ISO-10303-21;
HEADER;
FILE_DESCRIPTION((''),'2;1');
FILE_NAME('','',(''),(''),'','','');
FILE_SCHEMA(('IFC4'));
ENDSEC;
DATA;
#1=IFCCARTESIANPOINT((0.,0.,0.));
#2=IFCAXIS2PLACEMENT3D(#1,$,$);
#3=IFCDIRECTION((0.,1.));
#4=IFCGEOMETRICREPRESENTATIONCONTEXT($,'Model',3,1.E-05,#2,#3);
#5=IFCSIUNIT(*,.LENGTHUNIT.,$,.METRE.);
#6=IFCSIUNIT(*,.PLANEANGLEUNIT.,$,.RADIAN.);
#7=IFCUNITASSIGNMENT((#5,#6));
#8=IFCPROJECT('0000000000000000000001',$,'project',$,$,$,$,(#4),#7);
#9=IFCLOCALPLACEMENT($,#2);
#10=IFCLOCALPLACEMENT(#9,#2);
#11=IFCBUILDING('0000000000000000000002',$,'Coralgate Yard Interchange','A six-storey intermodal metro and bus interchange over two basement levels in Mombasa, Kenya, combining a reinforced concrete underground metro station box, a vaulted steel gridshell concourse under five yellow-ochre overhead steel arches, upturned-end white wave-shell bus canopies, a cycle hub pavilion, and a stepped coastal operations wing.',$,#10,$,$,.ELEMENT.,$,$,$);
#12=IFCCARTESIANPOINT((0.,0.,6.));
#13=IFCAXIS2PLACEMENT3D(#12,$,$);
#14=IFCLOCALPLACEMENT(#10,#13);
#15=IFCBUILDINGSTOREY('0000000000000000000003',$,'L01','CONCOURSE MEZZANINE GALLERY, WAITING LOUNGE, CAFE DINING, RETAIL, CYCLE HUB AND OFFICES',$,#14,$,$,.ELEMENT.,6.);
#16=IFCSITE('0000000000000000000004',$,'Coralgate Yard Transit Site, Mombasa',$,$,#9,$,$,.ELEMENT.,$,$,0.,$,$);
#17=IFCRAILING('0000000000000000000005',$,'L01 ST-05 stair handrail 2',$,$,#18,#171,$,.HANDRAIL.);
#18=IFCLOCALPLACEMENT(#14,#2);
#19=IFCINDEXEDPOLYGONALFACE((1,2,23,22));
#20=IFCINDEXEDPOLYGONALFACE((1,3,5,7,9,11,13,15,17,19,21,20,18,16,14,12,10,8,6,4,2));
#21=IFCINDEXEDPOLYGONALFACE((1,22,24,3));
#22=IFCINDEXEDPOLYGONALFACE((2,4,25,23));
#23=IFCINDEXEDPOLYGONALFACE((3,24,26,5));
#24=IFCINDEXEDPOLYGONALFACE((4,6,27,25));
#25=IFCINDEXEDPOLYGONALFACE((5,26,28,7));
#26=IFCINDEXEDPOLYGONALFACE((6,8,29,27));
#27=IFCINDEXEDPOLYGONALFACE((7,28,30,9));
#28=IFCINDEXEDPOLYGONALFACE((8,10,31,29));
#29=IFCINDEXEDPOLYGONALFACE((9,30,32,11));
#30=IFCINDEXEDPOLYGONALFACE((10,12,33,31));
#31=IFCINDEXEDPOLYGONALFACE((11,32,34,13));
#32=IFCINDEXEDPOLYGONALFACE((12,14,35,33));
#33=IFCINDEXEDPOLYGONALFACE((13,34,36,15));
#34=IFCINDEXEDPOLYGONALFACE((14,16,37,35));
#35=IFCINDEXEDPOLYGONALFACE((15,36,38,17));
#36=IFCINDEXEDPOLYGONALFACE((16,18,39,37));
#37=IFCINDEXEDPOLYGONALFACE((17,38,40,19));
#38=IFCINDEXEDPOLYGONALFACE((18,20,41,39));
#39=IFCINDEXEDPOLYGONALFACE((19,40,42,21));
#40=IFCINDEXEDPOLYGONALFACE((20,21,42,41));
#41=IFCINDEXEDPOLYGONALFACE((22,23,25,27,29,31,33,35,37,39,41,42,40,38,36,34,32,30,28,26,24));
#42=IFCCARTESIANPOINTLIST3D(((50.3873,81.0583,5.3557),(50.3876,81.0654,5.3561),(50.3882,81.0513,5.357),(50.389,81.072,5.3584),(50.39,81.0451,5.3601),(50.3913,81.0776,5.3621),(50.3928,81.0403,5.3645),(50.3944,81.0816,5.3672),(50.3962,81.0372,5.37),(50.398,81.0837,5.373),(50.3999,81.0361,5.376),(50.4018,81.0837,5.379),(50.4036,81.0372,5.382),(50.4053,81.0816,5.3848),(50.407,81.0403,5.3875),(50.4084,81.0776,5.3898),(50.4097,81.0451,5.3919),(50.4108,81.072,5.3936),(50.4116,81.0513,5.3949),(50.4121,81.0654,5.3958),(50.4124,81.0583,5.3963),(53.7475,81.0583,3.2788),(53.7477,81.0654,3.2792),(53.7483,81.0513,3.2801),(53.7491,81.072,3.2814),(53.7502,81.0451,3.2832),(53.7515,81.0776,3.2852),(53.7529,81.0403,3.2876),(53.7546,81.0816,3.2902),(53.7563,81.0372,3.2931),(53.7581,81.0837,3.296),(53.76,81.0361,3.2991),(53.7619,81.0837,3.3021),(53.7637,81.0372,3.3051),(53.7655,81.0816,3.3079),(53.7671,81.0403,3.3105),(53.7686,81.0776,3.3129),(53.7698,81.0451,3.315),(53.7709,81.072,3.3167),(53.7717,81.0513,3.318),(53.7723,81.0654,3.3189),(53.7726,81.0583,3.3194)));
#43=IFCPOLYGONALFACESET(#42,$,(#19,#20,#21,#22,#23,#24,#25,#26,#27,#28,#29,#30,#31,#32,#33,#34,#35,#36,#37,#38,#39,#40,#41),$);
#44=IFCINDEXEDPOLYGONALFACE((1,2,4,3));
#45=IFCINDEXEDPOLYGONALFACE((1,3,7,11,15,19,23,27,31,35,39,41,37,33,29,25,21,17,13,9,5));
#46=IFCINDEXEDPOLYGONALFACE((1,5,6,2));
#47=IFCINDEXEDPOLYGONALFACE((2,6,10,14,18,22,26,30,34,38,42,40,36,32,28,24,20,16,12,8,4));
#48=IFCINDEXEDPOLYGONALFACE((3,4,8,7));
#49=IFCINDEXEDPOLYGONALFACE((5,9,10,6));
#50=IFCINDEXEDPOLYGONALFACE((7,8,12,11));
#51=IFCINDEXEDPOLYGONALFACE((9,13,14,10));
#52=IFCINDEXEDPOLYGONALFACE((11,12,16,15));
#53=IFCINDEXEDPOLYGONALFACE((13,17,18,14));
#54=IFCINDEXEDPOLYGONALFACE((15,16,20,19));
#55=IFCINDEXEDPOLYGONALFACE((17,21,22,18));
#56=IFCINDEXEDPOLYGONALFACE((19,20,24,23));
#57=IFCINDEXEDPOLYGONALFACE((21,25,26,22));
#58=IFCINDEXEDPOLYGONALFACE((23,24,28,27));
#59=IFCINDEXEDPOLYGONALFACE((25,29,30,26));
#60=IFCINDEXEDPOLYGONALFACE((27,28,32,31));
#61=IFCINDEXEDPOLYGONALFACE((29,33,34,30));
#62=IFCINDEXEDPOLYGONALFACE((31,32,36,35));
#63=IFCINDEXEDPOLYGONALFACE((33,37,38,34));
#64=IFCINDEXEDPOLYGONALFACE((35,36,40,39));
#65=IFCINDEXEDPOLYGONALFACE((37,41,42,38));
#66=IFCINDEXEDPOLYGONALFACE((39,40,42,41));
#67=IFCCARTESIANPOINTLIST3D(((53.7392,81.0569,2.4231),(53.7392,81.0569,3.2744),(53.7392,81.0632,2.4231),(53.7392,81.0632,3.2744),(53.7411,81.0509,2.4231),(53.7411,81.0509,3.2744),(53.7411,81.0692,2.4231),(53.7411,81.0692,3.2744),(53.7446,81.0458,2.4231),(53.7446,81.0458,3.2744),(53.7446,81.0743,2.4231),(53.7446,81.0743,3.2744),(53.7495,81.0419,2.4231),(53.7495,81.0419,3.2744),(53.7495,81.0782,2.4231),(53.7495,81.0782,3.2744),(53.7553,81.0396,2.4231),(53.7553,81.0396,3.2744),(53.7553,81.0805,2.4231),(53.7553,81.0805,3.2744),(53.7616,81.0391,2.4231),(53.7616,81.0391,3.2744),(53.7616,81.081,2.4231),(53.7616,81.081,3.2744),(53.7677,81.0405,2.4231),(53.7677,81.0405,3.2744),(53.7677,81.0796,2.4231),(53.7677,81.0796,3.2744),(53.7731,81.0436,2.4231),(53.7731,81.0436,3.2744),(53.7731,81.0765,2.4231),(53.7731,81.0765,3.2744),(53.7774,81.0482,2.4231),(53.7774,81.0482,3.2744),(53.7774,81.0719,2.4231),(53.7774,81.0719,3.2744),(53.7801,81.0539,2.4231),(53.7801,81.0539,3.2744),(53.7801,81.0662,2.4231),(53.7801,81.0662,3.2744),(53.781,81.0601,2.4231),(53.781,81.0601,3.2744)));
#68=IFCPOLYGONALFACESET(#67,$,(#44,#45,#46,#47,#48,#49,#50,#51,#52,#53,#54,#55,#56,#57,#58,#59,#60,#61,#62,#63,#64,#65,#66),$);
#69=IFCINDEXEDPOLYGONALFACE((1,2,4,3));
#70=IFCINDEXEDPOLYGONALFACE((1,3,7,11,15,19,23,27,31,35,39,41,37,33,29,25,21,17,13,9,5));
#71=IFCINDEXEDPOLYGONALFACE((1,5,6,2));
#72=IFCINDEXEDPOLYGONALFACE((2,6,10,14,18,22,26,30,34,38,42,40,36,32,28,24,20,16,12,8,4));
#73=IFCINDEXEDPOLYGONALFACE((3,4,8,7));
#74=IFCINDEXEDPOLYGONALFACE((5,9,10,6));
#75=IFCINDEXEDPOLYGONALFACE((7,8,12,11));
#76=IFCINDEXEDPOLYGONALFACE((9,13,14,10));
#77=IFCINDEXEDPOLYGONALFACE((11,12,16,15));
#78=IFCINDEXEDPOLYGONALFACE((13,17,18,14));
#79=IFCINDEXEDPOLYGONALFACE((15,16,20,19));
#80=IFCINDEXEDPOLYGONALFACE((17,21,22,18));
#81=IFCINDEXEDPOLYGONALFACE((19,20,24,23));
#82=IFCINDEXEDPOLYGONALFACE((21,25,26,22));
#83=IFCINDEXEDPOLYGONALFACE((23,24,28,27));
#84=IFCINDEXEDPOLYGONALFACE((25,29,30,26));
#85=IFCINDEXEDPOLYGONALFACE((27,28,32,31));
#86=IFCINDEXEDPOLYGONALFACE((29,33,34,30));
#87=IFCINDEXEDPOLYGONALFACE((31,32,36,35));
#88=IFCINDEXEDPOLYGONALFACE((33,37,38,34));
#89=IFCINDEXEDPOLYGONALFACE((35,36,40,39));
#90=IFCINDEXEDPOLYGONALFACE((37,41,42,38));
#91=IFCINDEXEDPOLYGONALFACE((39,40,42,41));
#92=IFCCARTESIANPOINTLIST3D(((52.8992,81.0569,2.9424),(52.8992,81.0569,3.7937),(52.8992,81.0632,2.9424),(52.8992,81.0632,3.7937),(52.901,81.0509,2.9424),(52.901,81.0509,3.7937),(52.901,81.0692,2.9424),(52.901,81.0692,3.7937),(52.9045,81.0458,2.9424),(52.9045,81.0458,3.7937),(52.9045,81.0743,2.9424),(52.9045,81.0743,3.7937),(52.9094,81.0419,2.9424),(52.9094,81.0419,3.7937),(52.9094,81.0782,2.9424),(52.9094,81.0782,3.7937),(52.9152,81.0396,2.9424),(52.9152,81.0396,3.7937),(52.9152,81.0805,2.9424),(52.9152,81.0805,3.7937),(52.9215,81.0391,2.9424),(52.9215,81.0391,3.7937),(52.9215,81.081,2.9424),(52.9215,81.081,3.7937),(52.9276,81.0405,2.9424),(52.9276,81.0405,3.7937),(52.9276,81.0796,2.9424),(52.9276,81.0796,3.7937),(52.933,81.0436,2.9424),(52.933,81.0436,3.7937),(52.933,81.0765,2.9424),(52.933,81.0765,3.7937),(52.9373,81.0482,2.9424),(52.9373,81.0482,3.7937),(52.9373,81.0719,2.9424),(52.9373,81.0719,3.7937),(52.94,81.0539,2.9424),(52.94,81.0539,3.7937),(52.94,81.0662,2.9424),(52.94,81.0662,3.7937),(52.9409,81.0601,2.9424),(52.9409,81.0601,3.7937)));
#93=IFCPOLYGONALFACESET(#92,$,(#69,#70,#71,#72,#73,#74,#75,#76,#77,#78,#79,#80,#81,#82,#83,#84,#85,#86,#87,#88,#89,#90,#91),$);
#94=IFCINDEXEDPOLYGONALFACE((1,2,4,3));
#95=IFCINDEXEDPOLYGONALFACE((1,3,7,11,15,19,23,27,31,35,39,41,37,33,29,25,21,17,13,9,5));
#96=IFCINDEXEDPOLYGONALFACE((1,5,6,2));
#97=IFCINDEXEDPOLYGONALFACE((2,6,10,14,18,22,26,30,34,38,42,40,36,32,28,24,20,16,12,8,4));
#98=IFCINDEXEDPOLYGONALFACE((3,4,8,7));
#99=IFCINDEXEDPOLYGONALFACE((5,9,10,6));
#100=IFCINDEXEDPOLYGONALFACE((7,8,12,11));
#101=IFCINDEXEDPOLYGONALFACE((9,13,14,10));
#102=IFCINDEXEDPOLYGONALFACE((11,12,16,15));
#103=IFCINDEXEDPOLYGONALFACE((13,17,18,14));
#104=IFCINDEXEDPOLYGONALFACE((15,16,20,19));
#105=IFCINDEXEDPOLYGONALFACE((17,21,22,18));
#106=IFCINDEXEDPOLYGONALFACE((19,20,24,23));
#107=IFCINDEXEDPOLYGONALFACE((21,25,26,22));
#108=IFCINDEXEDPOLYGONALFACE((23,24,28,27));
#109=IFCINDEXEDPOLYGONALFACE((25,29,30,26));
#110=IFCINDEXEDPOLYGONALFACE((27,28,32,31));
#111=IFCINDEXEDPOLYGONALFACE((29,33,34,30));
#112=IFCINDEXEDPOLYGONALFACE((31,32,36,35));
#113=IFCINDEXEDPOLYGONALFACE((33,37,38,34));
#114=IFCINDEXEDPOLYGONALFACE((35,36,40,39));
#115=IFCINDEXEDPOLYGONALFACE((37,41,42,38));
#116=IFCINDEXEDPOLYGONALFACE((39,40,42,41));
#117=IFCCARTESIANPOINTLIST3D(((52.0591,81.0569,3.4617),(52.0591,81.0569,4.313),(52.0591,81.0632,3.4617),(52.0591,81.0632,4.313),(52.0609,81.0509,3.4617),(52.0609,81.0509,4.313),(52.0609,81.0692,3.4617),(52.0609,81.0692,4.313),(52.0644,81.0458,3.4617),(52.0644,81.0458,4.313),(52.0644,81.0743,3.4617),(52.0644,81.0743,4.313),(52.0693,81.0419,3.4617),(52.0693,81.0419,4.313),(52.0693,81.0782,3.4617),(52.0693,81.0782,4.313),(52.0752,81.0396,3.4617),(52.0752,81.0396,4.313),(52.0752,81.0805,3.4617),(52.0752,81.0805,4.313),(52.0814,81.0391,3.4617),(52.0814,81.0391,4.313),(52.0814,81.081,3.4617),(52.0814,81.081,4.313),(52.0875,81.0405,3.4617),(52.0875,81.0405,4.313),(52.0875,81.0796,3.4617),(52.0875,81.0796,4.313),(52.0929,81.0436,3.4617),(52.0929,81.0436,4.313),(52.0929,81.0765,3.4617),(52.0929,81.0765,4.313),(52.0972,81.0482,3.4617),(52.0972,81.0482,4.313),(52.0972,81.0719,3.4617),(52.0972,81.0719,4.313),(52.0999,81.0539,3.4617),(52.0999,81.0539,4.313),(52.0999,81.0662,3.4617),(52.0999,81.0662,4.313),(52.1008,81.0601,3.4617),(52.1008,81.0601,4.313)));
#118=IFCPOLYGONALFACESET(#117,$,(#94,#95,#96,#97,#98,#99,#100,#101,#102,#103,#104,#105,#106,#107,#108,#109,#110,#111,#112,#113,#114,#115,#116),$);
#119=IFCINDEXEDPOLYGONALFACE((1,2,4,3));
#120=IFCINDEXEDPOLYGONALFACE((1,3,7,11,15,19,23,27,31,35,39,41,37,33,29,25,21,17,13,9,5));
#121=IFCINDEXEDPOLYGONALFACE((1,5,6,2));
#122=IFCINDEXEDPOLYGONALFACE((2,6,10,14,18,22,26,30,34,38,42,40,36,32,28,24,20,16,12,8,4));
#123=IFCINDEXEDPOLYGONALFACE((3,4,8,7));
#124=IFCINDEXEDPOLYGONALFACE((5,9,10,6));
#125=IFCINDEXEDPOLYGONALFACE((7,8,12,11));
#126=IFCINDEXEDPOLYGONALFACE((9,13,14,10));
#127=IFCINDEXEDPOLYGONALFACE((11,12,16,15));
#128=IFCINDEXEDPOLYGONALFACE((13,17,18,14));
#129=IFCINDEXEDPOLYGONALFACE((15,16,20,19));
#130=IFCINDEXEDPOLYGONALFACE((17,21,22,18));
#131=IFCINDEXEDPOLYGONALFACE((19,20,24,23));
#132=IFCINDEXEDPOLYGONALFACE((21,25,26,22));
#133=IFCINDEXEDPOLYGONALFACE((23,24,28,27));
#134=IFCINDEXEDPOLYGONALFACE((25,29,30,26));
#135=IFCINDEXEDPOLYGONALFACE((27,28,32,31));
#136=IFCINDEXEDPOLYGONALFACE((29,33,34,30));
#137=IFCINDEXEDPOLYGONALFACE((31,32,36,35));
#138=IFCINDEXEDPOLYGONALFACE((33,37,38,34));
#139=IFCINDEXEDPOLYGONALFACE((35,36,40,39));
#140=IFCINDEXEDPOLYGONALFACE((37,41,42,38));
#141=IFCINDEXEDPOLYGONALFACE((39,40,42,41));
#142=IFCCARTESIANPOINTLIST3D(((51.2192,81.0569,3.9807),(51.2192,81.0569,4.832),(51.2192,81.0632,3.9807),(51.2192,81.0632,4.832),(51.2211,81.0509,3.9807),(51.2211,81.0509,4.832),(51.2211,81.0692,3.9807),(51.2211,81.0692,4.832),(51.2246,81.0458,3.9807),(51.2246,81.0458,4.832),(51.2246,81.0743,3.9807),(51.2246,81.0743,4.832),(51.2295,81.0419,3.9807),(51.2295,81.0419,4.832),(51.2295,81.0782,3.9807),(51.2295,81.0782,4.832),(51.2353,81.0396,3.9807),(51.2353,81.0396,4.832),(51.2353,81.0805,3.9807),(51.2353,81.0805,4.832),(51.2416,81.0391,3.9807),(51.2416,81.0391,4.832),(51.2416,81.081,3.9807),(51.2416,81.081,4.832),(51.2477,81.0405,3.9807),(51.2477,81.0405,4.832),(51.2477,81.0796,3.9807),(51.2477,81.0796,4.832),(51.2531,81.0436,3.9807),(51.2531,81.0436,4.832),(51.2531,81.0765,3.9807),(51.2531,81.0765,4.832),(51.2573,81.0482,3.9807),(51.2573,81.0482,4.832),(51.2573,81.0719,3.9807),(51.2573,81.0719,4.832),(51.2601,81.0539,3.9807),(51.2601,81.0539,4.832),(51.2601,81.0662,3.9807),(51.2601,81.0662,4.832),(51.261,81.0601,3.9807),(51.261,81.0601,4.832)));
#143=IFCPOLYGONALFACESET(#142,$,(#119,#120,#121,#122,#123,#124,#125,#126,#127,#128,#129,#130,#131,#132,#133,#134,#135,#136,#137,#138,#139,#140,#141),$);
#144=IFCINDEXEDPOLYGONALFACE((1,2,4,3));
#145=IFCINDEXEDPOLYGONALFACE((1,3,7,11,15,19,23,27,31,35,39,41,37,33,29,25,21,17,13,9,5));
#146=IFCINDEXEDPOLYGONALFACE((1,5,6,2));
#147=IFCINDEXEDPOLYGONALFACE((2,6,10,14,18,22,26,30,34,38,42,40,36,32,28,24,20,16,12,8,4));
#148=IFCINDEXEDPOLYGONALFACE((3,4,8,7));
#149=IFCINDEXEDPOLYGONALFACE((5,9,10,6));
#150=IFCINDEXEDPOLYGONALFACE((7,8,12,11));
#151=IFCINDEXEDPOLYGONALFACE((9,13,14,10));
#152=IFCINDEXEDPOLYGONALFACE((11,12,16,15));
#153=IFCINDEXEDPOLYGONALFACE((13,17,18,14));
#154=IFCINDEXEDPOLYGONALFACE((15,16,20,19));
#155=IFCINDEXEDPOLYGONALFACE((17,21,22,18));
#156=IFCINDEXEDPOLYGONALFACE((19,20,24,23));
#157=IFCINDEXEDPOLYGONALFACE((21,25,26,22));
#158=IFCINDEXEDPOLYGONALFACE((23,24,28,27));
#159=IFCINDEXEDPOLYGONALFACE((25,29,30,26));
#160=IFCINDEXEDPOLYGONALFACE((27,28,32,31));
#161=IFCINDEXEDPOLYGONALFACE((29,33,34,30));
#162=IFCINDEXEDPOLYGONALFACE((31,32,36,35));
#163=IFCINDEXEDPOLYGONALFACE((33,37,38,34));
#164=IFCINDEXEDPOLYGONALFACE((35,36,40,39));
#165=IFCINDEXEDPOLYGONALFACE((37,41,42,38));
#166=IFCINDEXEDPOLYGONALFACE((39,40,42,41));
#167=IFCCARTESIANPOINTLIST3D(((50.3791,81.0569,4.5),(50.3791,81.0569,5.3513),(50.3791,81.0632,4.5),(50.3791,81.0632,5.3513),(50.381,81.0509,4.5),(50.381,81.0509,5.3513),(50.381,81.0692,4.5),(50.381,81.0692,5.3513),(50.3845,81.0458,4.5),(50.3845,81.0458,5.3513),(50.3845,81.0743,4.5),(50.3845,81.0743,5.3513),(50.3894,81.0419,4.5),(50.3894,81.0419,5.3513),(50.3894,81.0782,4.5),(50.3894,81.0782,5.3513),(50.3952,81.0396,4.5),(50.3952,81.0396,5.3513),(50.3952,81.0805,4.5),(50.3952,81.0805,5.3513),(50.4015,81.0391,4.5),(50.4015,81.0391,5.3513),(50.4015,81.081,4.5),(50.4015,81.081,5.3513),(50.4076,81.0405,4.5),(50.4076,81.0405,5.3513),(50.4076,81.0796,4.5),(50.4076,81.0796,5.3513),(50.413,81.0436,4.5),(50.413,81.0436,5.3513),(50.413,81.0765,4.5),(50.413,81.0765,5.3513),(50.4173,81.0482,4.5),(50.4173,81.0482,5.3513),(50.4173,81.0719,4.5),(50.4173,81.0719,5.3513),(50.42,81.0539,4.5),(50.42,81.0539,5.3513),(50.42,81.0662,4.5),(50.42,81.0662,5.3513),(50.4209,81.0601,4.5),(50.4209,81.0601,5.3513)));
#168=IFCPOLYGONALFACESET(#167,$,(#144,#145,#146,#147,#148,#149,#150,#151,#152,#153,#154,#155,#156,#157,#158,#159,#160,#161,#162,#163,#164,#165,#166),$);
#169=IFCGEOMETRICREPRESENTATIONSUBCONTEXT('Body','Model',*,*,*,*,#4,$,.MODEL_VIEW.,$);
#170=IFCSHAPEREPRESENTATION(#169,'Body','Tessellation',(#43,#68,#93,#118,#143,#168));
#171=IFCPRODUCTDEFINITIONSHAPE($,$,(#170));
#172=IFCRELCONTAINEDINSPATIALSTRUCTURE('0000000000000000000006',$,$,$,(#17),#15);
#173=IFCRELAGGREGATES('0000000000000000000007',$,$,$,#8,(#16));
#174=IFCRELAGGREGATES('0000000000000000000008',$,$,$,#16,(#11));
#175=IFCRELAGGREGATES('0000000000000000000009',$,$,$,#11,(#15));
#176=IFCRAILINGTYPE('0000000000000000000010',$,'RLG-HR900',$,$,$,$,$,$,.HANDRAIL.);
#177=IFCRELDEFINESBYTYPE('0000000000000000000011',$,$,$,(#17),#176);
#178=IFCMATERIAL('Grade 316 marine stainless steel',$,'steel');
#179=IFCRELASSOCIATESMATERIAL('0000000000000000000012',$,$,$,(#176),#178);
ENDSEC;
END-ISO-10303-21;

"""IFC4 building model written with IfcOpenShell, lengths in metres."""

from ifc_helpers import new_model, si_unit, direction, frame, origin, origin_2d, place, context, subcontext, project, spatial, circle, extrude, material, type_object, element, save


model = new_model("IFC4")

# Units and contexts
model_context = context("Model", 3, precision=1e-05, world=origin(), true_north=direction((0.0, 1.0)))
body_context = subcontext(model_context, "Body", "Model", "MODEL_VIEW")
ifc_project = project(units=[si_unit("LENGTHUNIT", "METRE"), si_unit("PLANEANGLEUNIT", "RADIAN")], contexts=[model_context])

# Site, building, storey
site_placement = place(None, origin())
site = spatial("IfcSite", under=ifc_project, at=site_placement, Name="Coralgate Yard Transit Site, Mombasa", CompositionType="ELEMENT", RefElevation=0.0)
building_placement = place(site_placement, origin())
building = spatial("IfcBuilding", under=site, at=building_placement, Name="Coralgate Yard Interchange", Description="A six-storey intermodal metro and bus interchange over two basement levels in Mombasa, Kenya, combining a reinforced concrete underground metro station box, a vaulted steel gridshell concourse under five yellow-ochre overhead steel arches, upturned-end white wave-shell bus canopies, a cycle hub pavilion, and a stepped coastal operations wing.", CompositionType="ELEMENT")
storey_placement = place(building_placement, frame((0.0, 0.0, 6.0)))
storey = spatial("IfcBuildingStorey", under=building, at=storey_placement, Name="L01", Description="CONCOURSE MEZZANINE GALLERY, WAITING LOUNGE, CAFE DINING, RETAIL, CYCLE HUB AND OFFICES", CompositionType="ELEMENT", Elevation=6.0)

# Railing
ifc_material_1 = material(Name="Grade 316 marine stainless steel", Category="steel")
railing_type_1 = type_object("IfcRailingType", Name="RLG-HR900", PredefinedType="HANDRAIL", material=ifc_material_1)
railing_1_placement = place(storey_placement, frame((53.76, 81.0601, 2.4231)))
element("IfcRailing", 1, at=railing_1_placement, inside=storey, type_object=railing_type_1, Name="L01 ST-05 stair handrail 2", PredefinedType="HANDRAIL", context=body_context, shape_type="SweptSolid", body=[
    extrude(circle(Radius=0.0239, at=origin_2d()), frame((0.0, 0.0, 0.876), z_axis=(-0.850623, 0.0, 0.525776), x_axis=(0.0, -1.0, 0.0)), (0.0, 0.0, 1.0), 3.9502),
    extrude(circle(Radius=0.021, at=origin_2d()), origin(), (0.0, 0.0, 1.0), 0.8513),
    extrude(circle(Radius=0.021, at=origin_2d()), frame((-0.8401, 0.0, 0.5193)), (0.0, 0.0, 1.0), 0.8513),
    extrude(circle(Radius=0.021, at=origin_2d()), frame((-1.6802, 0.0, 1.0386)), (0.0, 0.0, 1.0), 0.8513),
    extrude(circle(Radius=0.021, at=origin_2d()), frame((-2.52, 0.0, 1.5576)), (0.0, 0.0, 1.0), 0.8513),
    extrude(circle(Radius=0.021, at=origin_2d()), frame((-3.3601, 0.0, 2.0769)), (0.0, 0.0, 1.0), 0.8513),
])

save(model, "model.ifc")
